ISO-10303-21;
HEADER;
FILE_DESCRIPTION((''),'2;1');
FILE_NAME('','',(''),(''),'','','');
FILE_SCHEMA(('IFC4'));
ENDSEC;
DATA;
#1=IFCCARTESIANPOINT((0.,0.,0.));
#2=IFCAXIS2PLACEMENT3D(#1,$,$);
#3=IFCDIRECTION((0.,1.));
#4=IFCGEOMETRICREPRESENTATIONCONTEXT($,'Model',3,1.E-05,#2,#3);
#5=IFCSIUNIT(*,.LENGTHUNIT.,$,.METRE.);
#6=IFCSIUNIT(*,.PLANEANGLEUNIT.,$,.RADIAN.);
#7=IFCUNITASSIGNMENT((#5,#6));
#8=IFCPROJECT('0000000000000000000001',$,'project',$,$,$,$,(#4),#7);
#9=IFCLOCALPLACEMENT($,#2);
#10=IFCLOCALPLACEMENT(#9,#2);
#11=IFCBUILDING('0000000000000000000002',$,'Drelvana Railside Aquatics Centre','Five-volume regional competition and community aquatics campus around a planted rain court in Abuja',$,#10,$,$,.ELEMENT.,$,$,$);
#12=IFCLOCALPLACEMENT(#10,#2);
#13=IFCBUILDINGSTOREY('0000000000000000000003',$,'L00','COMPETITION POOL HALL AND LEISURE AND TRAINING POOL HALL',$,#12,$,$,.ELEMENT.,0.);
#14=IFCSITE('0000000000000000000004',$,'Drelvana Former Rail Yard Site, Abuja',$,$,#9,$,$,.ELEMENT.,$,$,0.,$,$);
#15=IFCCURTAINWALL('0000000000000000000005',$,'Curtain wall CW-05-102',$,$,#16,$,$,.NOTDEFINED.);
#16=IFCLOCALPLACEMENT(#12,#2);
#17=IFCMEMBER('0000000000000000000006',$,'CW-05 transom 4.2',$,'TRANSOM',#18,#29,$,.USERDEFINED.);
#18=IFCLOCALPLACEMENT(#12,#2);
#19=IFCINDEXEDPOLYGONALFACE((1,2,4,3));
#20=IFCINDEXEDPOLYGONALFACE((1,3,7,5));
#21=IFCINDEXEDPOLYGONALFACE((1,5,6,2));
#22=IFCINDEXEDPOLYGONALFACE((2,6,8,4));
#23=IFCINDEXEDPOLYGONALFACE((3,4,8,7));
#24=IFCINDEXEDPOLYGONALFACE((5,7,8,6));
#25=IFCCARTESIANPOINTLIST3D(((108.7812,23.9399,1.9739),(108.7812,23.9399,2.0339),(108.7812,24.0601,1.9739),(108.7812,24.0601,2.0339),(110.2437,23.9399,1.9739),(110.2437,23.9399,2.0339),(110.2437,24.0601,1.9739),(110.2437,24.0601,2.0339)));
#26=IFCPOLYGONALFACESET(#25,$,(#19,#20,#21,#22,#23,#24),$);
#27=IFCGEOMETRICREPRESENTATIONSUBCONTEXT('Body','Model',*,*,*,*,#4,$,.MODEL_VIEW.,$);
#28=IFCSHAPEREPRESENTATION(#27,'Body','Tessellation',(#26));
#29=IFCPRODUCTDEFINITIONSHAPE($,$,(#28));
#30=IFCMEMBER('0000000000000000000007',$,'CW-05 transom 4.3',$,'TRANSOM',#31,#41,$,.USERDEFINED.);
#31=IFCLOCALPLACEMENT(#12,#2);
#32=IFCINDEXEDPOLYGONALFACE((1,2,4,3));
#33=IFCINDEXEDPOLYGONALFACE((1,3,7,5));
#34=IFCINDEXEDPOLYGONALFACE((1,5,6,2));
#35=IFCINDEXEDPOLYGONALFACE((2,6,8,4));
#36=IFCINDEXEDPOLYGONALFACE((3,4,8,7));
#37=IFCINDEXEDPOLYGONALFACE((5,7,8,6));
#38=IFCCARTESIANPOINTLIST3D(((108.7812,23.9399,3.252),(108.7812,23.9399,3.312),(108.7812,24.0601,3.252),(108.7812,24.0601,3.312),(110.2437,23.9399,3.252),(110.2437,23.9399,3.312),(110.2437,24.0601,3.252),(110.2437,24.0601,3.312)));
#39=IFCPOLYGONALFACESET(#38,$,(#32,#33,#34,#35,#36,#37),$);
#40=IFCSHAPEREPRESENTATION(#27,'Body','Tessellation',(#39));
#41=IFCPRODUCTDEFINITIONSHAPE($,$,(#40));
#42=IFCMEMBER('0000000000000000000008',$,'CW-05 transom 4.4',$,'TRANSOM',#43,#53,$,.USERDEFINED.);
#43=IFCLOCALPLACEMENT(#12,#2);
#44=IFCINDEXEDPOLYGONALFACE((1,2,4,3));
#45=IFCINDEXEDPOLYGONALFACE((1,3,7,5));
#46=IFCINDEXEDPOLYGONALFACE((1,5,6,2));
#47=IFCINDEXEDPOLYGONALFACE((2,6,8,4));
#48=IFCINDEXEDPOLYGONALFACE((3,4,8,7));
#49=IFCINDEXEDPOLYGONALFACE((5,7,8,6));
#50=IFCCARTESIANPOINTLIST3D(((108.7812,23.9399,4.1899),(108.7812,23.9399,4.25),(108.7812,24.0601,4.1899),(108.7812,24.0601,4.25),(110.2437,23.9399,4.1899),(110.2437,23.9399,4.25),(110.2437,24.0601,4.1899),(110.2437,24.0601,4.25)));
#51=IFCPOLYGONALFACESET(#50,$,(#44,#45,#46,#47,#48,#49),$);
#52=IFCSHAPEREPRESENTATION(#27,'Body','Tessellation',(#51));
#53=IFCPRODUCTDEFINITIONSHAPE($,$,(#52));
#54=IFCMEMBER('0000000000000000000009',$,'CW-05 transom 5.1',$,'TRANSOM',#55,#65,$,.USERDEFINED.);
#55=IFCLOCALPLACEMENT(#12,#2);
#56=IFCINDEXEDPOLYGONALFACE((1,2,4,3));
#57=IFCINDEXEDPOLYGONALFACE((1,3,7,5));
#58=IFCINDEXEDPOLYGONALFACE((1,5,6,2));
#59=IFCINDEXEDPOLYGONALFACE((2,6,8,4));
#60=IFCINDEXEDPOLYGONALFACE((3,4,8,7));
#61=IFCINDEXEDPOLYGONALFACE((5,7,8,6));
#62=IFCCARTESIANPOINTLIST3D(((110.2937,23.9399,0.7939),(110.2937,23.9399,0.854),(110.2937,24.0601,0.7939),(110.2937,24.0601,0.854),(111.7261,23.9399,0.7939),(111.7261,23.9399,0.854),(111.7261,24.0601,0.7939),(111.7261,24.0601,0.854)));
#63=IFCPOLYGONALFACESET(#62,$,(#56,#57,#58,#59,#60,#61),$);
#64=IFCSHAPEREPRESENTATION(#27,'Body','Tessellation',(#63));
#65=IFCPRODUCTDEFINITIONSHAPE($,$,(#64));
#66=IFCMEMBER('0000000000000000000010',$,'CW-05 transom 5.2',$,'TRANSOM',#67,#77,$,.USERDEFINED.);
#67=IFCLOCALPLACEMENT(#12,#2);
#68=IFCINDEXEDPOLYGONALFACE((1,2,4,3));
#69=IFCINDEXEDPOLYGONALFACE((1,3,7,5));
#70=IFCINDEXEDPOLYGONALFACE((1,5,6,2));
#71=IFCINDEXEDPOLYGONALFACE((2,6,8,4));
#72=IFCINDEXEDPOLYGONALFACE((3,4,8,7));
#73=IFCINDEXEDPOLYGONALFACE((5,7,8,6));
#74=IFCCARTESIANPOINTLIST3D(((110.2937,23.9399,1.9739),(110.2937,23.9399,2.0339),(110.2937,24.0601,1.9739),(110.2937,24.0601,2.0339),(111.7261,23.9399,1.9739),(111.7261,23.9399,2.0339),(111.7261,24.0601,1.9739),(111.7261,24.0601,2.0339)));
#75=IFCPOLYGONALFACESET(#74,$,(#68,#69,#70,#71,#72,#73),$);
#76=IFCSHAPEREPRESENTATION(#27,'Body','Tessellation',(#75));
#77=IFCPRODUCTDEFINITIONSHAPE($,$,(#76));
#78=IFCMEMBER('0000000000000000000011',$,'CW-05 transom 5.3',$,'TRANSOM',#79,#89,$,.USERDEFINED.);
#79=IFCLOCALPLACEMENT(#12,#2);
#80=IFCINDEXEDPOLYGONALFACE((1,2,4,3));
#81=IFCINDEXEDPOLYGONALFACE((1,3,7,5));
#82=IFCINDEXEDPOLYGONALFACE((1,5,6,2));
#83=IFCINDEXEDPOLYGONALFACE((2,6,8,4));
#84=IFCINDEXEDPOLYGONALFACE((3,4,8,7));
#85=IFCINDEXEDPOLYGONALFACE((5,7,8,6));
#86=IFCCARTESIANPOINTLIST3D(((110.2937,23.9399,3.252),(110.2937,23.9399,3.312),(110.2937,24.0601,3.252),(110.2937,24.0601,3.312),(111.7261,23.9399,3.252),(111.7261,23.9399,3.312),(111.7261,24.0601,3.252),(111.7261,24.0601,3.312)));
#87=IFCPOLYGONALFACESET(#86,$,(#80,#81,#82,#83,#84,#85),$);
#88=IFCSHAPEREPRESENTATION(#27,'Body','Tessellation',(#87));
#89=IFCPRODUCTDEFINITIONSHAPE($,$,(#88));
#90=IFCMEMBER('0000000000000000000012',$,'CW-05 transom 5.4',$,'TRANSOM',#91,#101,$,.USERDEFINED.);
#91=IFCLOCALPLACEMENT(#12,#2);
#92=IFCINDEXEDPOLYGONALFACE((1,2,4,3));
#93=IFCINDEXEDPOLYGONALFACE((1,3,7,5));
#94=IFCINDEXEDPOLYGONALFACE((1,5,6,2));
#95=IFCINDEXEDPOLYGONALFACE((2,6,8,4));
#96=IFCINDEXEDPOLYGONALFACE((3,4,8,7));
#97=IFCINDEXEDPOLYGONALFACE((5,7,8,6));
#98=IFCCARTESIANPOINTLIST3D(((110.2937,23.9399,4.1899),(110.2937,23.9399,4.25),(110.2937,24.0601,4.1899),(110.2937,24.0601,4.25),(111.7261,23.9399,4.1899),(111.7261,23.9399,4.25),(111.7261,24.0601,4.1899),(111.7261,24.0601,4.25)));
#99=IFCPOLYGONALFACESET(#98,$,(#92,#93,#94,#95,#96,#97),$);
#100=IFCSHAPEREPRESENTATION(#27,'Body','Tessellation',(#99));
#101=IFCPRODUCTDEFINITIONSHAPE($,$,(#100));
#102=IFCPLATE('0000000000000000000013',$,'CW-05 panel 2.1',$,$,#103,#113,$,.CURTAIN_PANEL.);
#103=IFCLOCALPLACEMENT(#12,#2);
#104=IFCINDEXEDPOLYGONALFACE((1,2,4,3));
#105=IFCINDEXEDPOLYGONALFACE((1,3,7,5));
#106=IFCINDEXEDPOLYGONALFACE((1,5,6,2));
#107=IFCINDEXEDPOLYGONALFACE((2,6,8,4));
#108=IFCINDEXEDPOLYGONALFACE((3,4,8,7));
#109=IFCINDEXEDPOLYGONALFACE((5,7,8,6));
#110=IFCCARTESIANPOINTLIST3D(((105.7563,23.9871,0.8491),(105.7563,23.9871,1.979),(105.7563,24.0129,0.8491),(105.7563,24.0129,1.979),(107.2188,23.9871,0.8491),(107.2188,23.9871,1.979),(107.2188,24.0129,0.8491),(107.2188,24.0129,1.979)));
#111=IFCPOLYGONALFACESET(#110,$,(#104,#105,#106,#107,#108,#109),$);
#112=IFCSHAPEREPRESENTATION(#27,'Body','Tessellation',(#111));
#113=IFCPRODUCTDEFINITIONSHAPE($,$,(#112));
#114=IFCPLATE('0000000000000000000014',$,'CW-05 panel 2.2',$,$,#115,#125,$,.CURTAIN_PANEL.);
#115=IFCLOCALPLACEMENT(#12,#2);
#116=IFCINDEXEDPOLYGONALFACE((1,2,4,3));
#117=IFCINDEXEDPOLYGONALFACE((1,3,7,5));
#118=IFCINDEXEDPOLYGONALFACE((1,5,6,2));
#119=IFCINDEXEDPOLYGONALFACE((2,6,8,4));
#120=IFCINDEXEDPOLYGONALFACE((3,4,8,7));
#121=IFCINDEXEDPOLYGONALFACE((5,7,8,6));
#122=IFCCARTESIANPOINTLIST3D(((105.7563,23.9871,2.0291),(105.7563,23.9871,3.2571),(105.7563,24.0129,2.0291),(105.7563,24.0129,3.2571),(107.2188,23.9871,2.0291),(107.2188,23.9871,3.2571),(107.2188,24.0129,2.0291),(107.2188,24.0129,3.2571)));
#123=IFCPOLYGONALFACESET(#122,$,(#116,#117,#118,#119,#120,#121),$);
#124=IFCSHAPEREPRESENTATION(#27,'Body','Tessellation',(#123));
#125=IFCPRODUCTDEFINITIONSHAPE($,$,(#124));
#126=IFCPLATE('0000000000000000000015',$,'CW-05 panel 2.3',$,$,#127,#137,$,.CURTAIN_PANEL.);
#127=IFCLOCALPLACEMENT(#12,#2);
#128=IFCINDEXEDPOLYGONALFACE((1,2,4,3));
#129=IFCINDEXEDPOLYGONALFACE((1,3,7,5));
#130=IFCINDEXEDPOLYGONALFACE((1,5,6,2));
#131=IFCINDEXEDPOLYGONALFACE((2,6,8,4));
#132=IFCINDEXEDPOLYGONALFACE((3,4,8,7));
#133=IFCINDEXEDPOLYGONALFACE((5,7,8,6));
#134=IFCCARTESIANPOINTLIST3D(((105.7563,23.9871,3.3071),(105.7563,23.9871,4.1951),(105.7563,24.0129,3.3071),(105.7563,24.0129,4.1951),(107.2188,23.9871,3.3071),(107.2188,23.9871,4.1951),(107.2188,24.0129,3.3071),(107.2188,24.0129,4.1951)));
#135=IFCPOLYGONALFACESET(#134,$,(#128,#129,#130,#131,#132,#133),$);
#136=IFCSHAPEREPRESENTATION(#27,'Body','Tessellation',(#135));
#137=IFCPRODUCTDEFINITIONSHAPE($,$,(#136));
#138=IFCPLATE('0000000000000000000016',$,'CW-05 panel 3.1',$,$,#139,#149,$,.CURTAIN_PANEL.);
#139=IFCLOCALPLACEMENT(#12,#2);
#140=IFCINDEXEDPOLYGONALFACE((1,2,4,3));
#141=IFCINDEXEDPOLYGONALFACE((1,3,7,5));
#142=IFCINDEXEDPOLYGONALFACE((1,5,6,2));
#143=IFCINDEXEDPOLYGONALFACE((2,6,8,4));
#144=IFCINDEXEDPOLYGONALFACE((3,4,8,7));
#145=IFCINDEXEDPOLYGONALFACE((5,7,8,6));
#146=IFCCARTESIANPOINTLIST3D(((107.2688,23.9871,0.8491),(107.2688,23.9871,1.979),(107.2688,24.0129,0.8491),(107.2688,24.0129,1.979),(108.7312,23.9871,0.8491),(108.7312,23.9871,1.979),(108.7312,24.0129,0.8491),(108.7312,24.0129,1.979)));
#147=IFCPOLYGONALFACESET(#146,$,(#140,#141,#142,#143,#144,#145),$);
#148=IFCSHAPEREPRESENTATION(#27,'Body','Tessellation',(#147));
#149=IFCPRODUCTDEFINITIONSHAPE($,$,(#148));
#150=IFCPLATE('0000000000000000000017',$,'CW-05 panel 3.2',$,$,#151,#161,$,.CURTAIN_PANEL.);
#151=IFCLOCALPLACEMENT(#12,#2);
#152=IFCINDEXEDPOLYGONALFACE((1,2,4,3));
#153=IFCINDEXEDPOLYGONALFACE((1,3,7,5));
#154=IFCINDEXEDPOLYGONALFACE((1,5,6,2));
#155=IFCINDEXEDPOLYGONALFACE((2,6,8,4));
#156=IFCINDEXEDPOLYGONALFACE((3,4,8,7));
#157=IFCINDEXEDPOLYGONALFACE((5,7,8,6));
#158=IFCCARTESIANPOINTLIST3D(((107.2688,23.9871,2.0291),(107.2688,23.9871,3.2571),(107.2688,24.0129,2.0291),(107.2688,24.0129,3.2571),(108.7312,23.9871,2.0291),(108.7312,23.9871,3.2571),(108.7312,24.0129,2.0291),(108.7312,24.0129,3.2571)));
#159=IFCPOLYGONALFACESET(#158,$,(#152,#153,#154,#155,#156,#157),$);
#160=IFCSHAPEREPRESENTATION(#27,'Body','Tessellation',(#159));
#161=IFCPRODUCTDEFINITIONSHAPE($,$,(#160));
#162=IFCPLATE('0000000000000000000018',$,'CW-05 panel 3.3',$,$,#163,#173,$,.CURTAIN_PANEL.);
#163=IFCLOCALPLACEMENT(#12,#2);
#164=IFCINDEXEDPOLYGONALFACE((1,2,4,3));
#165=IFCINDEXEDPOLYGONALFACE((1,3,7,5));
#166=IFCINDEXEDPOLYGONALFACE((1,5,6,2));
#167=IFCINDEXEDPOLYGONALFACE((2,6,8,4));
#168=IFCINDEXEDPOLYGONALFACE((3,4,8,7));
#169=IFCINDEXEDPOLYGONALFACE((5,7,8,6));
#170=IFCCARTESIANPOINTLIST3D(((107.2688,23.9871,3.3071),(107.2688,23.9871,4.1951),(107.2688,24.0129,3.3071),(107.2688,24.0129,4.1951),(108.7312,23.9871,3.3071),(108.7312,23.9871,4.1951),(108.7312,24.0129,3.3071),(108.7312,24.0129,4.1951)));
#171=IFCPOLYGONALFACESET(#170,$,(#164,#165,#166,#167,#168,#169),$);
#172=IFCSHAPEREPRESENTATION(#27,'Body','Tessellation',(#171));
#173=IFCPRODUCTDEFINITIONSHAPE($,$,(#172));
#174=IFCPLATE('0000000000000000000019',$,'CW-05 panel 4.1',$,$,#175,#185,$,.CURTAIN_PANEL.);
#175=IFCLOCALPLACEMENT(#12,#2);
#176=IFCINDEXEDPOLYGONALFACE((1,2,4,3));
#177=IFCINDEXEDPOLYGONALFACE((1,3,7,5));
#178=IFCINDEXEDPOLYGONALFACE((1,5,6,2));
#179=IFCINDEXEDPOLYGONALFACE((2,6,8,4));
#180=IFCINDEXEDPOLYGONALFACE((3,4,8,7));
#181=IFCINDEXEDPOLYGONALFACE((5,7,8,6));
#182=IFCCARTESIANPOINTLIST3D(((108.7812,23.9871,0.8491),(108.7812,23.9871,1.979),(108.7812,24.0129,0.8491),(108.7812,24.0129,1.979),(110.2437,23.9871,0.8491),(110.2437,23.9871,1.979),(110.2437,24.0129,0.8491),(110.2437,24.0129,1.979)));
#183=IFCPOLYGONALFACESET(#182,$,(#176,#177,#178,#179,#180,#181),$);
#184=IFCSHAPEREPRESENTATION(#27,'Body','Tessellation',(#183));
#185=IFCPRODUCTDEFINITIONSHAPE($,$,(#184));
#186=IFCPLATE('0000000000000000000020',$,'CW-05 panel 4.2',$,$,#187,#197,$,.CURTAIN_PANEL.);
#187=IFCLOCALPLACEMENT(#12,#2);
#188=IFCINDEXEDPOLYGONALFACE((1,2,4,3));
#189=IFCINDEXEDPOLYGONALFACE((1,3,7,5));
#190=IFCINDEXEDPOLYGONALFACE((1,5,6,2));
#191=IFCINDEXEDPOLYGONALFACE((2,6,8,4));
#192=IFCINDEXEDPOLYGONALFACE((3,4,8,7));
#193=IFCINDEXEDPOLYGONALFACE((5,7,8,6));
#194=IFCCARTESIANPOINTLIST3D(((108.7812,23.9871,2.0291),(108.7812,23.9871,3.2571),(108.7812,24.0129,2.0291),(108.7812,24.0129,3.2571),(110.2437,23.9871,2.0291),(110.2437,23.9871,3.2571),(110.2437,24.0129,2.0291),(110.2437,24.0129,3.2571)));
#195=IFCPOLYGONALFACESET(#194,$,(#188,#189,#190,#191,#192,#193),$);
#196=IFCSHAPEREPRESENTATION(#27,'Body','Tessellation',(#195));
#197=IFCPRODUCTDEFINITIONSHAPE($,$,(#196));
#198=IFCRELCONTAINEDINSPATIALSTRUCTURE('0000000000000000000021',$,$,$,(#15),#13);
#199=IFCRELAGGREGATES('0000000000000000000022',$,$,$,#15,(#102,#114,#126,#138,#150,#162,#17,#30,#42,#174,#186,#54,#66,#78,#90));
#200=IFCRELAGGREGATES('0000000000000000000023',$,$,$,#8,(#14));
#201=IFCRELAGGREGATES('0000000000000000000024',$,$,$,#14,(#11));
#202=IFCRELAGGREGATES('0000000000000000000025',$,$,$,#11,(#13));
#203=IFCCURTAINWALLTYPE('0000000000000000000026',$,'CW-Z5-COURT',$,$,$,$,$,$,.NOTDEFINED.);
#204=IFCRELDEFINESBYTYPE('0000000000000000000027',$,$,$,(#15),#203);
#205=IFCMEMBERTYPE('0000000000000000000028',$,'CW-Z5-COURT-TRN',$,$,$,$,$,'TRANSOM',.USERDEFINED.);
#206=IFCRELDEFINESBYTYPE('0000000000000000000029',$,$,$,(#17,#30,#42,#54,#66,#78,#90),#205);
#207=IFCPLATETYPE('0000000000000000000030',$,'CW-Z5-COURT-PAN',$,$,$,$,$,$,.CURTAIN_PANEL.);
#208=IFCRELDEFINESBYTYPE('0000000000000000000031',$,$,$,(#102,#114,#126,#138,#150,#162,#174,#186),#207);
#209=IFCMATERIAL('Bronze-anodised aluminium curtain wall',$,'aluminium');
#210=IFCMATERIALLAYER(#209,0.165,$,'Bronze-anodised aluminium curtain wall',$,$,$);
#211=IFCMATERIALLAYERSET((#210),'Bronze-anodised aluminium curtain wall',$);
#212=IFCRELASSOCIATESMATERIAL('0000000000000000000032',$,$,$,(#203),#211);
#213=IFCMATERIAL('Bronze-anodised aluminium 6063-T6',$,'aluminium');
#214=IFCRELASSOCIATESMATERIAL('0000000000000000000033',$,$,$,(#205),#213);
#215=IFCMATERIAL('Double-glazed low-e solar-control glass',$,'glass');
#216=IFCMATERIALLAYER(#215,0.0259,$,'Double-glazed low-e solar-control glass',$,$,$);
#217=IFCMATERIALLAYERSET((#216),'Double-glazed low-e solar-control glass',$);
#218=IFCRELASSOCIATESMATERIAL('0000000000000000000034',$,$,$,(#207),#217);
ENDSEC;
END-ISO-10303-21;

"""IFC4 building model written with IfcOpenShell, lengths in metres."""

from ifc_helpers import new_model, si_unit, direction, frame, origin, origin_2d, place, context, subcontext, project, spatial, rectangle, extrude, material, layer, layer_set, material_profile, profile_set, type_object, element, aggregate, save


model = new_model("IFC4")

# Units and contexts
model_context = context("Model", 3, precision=1e-05, world=origin(), true_north=direction((0.0, 1.0)))
body_context = subcontext(model_context, "Body", "Model", "MODEL_VIEW")
ifc_project = project(units=[si_unit("LENGTHUNIT", "METRE"), si_unit("PLANEANGLEUNIT", "RADIAN")], contexts=[model_context])

# Site, building, storey
site_placement = place(None, origin())
site = spatial("IfcSite", under=ifc_project, at=site_placement, Name="Drelvana Former Rail Yard Site, Abuja", CompositionType="ELEMENT", RefElevation=0.0)
building_placement = place(site_placement, origin())
building = spatial("IfcBuilding", under=site, at=building_placement, Name="Drelvana Railside Aquatics Centre", Description="Five-volume regional competition and community aquatics campus around a planted rain court in Abuja", CompositionType="ELEMENT")
storey_placement = place(building_placement, origin())
storey = spatial("IfcBuildingStorey", under=building, at=storey_placement, Name="L00", Description="COMPETITION POOL HALL AND LEISURE AND TRAINING POOL HALL", CompositionType="ELEMENT", Elevation=0.0)

# Curtain wall, members, plates
ifc_material_1 = material(Name="Bronze-anodised aluminium curtain wall", Category="aluminium")
ifc_layer_1 = layer(ifc_material_1, 0.165, Name="Bronze-anodised aluminium curtain wall")
ifc_layer_set_1 = layer_set([ifc_layer_1], Name="Bronze-anodised aluminium curtain wall")
curtain_wall_type = type_object("IfcCurtainWallType", Name="CW-Z5-COURT", PredefinedType="NOTDEFINED", material=ifc_layer_set_1)
curtain_wall_placement = place(storey_placement, origin())
curtain_wall = element("IfcCurtainWall", 1, at=curtain_wall_placement, inside=storey, type_object=curtain_wall_type, Name="Curtain wall CW-05-102", PredefinedType="NOTDEFINED")
ifc_material_2 = material(Name="Bronze-anodised aluminium 6063-T6", Category="aluminium")
ifc_material_profile_1 = material_profile(ifc_material_2, rectangle(XDim=0.1201, YDim=0.0601, at=origin_2d()), Name="ALU-T 60x120")
ifc_profile_set_1 = profile_set([ifc_material_profile_1], Name="Bronze-anodised aluminium 6063-T6")
member_type_1 = type_object("IfcMemberType", Name="CW-Z5-COURT-TRN", ElementType="TRANSOM", PredefinedType="USERDEFINED", material=ifc_profile_set_1)
member_1_placement = place(storey_placement, frame((108.7812, 24.0, 2.0039), z_axis=(1.0, 0.0, 0.0), x_axis=(0.0, 1.0, 0.0)))
member_1 = element("IfcMember", 2, at=member_1_placement, type_object=member_type_1, Name="CW-05 transom 4.2", ObjectType="TRANSOM", PredefinedType="USERDEFINED", context=body_context, shape_type="SweptSolid", body=[
    extrude(rectangle(XDim=0.1201, YDim=0.0601, at=origin_2d()), origin(), (0.0, 0.0, 1.0), 1.4624),
])
member_2_placement = place(storey_placement, frame((108.7812, 24.0, 3.282), z_axis=(1.0, 0.0, 0.0), x_axis=(0.0, 1.0, 0.0)))
member_2 = element("IfcMember", 3, at=member_2_placement, type_object=member_type_1, Name="CW-05 transom 4.3", ObjectType="TRANSOM", PredefinedType="USERDEFINED", context=body_context, shape_type="SweptSolid", body=[
    extrude(rectangle(XDim=0.1201, YDim=0.0601, at=origin_2d()), origin(), (0.0, 0.0, 1.0), 1.4624),
])
member_3_placement = place(storey_placement, frame((108.7812, 24.0, 4.22), z_axis=(1.0, 0.0, 0.0), x_axis=(0.0, 1.0, 0.0)))
member_3 = element("IfcMember", 4, at=member_3_placement, type_object=member_type_1, Name="CW-05 transom 4.4", ObjectType="TRANSOM", PredefinedType="USERDEFINED", context=body_context, shape_type="SweptSolid", body=[
    extrude(rectangle(XDim=0.1201, YDim=0.0601, at=origin_2d()), origin(), (0.0, 0.0, 1.0), 1.4624),
])
member_4_placement = place(storey_placement, frame((110.2937, 24.0, 0.824), z_axis=(1.0, 0.0, 0.0), x_axis=(0.0, 1.0, 0.0)))
member_4 = element("IfcMember", 5, at=member_4_placement, type_object=member_type_1, Name="CW-05 transom 5.1", ObjectType="TRANSOM", PredefinedType="USERDEFINED", context=body_context, shape_type="SweptSolid", body=[
    extrude(rectangle(XDim=0.1201, YDim=0.0601, at=origin_2d()), origin(), (0.0, 0.0, 1.0), 1.4324),
])
member_5_placement = place(storey_placement, frame((110.2937, 24.0, 2.0039), z_axis=(1.0, 0.0, 0.0), x_axis=(0.0, 1.0, 0.0)))
member_5 = element("IfcMember", 6, at=member_5_placement, type_object=member_type_1, Name="CW-05 transom 5.2", ObjectType="TRANSOM", PredefinedType="USERDEFINED", context=body_context, shape_type="SweptSolid", body=[
    extrude(rectangle(XDim=0.1201, YDim=0.0601, at=origin_2d()), origin(), (0.0, 0.0, 1.0), 1.4324),
])
member_6_placement = place(storey_placement, frame((110.2937, 24.0, 3.282), z_axis=(1.0, 0.0, 0.0), x_axis=(0.0, 1.0, 0.0)))
member_6 = element("IfcMember", 7, at=member_6_placement, type_object=member_type_1, Name="CW-05 transom 5.3", ObjectType="TRANSOM", PredefinedType="USERDEFINED", context=body_context, shape_type="SweptSolid", body=[
    extrude(rectangle(XDim=0.1201, YDim=0.0601, at=origin_2d()), origin(), (0.0, 0.0, 1.0), 1.4324),
])
member_7_placement = place(storey_placement, frame((110.2937, 24.0, 4.22), z_axis=(1.0, 0.0, 0.0), x_axis=(0.0, 1.0, 0.0)))
member_7 = element("IfcMember", 8, at=member_7_placement, type_object=member_type_1, Name="CW-05 transom 5.4", ObjectType="TRANSOM", PredefinedType="USERDEFINED", context=body_context, shape_type="SweptSolid", body=[
    extrude(rectangle(XDim=0.1201, YDim=0.0601, at=origin_2d()), origin(), (0.0, 0.0, 1.0), 1.4324),
])
ifc_material_3 = material(Name="Double-glazed low-e solar-control glass", Category="glass")
ifc_layer_2 = layer(ifc_material_3, 0.0259, Name="Double-glazed low-e solar-control glass")
ifc_layer_set_2 = layer_set([ifc_layer_2], Name="Double-glazed low-e solar-control glass")
plate_type = type_object("IfcPlateType", Name="CW-Z5-COURT-PAN", PredefinedType="CURTAIN_PANEL", material=ifc_layer_set_2)
plate_1_placement = place(storey_placement, frame((106.4875, 24.0, 0.8491), z_axis=(0.0, 0.0, 1.0), x_axis=(1.0, 0.0, 0.0)))
plate_1 = element("IfcPlate", 9, at=plate_1_placement, type_object=plate_type, Name="CW-05 panel 2.1", PredefinedType="CURTAIN_PANEL", context=body_context, shape_type="SweptSolid", body=[
    extrude(rectangle(XDim=1.4624, YDim=0.0259, at=origin_2d()), origin(), (0.0, 0.0, 1.0), 1.1299),
])
plate_2_placement = place(storey_placement, frame((106.4875, 24.0, 2.0291), z_axis=(0.0, 0.0, 1.0), x_axis=(1.0, 0.0, 0.0)))
plate_2 = element("IfcPlate", 10, at=plate_2_placement, type_object=plate_type, Name="CW-05 panel 2.2", PredefinedType="CURTAIN_PANEL", context=body_context, shape_type="SweptSolid", body=[
    extrude(rectangle(XDim=1.4624, YDim=0.0259, at=origin_2d()), origin(), (0.0, 0.0, 1.0), 1.228),
])
plate_3_placement = place(storey_placement, frame((106.4875, 24.0, 3.3071), z_axis=(0.0, 0.0, 1.0), x_axis=(1.0, 0.0, 0.0)))
plate_3 = element("IfcPlate", 11, at=plate_3_placement, type_object=plate_type, Name="CW-05 panel 2.3", PredefinedType="CURTAIN_PANEL", context=body_context, shape_type="SweptSolid", body=[
    extrude(rectangle(XDim=1.4624, YDim=0.0259, at=origin_2d()), origin(), (0.0, 0.0, 1.0), 0.8879),
])
plate_4_placement = place(storey_placement, frame((108.0, 24.0, 0.8491), z_axis=(0.0, 0.0, 1.0), x_axis=(1.0, 0.0, 0.0)))
plate_4 = element("IfcPlate", 12, at=plate_4_placement, type_object=plate_type, Name="CW-05 panel 3.1", PredefinedType="CURTAIN_PANEL", context=body_context, shape_type="SweptSolid", body=[
    extrude(rectangle(XDim=1.4624, YDim=0.0259, at=origin_2d()), origin(), (0.0, 0.0, 1.0), 1.1299),
])
plate_5_placement = place(storey_placement, frame((108.0, 24.0, 2.0291), z_axis=(0.0, 0.0, 1.0), x_axis=(1.0, 0.0, 0.0)))
plate_5 = element("IfcPlate", 13, at=plate_5_placement, type_object=plate_type, Name="CW-05 panel 3.2", PredefinedType="CURTAIN_PANEL", context=body_context, shape_type="SweptSolid", body=[
    extrude(rectangle(XDim=1.4624, YDim=0.0259, at=origin_2d()), origin(), (0.0, 0.0, 1.0), 1.228),
])
plate_6_placement = place(storey_placement, frame((108.0, 24.0, 3.3071), z_axis=(0.0, 0.0, 1.0), x_axis=(1.0, 0.0, 0.0)))
plate_6 = element("IfcPlate", 14, at=plate_6_placement, type_object=plate_type, Name="CW-05 panel 3.3", PredefinedType="CURTAIN_PANEL", context=body_context, shape_type="SweptSolid", body=[
    extrude(rectangle(XDim=1.4624, YDim=0.0259, at=origin_2d()), origin(), (0.0, 0.0, 1.0), 0.8879),
])
plate_7_placement = place(storey_placement, frame((109.5125, 24.0, 0.8491), z_axis=(0.0, 0.0, 1.0), x_axis=(1.0, 0.0, 0.0)))
plate_7 = element("IfcPlate", 15, at=plate_7_placement, type_object=plate_type, Name="CW-05 panel 4.1", PredefinedType="CURTAIN_PANEL", context=body_context, shape_type="SweptSolid", body=[
    extrude(rectangle(XDim=1.4624, YDim=0.0259, at=origin_2d()), origin(), (0.0, 0.0, 1.0), 1.1299),
])
plate_8_placement = place(storey_placement, frame((109.5125, 24.0, 2.0291), z_axis=(0.0, 0.0, 1.0), x_axis=(1.0, 0.0, 0.0)))
plate_8 = element("IfcPlate", 16, at=plate_8_placement, type_object=plate_type, Name="CW-05 panel 4.2", PredefinedType="CURTAIN_PANEL", context=body_context, shape_type="SweptSolid", body=[
    extrude(rectangle(XDim=1.4624, YDim=0.0259, at=origin_2d()), origin(), (0.0, 0.0, 1.0), 1.228),
])
aggregate(curtain_wall, [plate_1, plate_2, plate_3, plate_4, plate_5, plate_6, member_1, member_2, member_3, plate_7, plate_8, member_4, member_5, member_6, member_7])

save(model, "model.ifc")
